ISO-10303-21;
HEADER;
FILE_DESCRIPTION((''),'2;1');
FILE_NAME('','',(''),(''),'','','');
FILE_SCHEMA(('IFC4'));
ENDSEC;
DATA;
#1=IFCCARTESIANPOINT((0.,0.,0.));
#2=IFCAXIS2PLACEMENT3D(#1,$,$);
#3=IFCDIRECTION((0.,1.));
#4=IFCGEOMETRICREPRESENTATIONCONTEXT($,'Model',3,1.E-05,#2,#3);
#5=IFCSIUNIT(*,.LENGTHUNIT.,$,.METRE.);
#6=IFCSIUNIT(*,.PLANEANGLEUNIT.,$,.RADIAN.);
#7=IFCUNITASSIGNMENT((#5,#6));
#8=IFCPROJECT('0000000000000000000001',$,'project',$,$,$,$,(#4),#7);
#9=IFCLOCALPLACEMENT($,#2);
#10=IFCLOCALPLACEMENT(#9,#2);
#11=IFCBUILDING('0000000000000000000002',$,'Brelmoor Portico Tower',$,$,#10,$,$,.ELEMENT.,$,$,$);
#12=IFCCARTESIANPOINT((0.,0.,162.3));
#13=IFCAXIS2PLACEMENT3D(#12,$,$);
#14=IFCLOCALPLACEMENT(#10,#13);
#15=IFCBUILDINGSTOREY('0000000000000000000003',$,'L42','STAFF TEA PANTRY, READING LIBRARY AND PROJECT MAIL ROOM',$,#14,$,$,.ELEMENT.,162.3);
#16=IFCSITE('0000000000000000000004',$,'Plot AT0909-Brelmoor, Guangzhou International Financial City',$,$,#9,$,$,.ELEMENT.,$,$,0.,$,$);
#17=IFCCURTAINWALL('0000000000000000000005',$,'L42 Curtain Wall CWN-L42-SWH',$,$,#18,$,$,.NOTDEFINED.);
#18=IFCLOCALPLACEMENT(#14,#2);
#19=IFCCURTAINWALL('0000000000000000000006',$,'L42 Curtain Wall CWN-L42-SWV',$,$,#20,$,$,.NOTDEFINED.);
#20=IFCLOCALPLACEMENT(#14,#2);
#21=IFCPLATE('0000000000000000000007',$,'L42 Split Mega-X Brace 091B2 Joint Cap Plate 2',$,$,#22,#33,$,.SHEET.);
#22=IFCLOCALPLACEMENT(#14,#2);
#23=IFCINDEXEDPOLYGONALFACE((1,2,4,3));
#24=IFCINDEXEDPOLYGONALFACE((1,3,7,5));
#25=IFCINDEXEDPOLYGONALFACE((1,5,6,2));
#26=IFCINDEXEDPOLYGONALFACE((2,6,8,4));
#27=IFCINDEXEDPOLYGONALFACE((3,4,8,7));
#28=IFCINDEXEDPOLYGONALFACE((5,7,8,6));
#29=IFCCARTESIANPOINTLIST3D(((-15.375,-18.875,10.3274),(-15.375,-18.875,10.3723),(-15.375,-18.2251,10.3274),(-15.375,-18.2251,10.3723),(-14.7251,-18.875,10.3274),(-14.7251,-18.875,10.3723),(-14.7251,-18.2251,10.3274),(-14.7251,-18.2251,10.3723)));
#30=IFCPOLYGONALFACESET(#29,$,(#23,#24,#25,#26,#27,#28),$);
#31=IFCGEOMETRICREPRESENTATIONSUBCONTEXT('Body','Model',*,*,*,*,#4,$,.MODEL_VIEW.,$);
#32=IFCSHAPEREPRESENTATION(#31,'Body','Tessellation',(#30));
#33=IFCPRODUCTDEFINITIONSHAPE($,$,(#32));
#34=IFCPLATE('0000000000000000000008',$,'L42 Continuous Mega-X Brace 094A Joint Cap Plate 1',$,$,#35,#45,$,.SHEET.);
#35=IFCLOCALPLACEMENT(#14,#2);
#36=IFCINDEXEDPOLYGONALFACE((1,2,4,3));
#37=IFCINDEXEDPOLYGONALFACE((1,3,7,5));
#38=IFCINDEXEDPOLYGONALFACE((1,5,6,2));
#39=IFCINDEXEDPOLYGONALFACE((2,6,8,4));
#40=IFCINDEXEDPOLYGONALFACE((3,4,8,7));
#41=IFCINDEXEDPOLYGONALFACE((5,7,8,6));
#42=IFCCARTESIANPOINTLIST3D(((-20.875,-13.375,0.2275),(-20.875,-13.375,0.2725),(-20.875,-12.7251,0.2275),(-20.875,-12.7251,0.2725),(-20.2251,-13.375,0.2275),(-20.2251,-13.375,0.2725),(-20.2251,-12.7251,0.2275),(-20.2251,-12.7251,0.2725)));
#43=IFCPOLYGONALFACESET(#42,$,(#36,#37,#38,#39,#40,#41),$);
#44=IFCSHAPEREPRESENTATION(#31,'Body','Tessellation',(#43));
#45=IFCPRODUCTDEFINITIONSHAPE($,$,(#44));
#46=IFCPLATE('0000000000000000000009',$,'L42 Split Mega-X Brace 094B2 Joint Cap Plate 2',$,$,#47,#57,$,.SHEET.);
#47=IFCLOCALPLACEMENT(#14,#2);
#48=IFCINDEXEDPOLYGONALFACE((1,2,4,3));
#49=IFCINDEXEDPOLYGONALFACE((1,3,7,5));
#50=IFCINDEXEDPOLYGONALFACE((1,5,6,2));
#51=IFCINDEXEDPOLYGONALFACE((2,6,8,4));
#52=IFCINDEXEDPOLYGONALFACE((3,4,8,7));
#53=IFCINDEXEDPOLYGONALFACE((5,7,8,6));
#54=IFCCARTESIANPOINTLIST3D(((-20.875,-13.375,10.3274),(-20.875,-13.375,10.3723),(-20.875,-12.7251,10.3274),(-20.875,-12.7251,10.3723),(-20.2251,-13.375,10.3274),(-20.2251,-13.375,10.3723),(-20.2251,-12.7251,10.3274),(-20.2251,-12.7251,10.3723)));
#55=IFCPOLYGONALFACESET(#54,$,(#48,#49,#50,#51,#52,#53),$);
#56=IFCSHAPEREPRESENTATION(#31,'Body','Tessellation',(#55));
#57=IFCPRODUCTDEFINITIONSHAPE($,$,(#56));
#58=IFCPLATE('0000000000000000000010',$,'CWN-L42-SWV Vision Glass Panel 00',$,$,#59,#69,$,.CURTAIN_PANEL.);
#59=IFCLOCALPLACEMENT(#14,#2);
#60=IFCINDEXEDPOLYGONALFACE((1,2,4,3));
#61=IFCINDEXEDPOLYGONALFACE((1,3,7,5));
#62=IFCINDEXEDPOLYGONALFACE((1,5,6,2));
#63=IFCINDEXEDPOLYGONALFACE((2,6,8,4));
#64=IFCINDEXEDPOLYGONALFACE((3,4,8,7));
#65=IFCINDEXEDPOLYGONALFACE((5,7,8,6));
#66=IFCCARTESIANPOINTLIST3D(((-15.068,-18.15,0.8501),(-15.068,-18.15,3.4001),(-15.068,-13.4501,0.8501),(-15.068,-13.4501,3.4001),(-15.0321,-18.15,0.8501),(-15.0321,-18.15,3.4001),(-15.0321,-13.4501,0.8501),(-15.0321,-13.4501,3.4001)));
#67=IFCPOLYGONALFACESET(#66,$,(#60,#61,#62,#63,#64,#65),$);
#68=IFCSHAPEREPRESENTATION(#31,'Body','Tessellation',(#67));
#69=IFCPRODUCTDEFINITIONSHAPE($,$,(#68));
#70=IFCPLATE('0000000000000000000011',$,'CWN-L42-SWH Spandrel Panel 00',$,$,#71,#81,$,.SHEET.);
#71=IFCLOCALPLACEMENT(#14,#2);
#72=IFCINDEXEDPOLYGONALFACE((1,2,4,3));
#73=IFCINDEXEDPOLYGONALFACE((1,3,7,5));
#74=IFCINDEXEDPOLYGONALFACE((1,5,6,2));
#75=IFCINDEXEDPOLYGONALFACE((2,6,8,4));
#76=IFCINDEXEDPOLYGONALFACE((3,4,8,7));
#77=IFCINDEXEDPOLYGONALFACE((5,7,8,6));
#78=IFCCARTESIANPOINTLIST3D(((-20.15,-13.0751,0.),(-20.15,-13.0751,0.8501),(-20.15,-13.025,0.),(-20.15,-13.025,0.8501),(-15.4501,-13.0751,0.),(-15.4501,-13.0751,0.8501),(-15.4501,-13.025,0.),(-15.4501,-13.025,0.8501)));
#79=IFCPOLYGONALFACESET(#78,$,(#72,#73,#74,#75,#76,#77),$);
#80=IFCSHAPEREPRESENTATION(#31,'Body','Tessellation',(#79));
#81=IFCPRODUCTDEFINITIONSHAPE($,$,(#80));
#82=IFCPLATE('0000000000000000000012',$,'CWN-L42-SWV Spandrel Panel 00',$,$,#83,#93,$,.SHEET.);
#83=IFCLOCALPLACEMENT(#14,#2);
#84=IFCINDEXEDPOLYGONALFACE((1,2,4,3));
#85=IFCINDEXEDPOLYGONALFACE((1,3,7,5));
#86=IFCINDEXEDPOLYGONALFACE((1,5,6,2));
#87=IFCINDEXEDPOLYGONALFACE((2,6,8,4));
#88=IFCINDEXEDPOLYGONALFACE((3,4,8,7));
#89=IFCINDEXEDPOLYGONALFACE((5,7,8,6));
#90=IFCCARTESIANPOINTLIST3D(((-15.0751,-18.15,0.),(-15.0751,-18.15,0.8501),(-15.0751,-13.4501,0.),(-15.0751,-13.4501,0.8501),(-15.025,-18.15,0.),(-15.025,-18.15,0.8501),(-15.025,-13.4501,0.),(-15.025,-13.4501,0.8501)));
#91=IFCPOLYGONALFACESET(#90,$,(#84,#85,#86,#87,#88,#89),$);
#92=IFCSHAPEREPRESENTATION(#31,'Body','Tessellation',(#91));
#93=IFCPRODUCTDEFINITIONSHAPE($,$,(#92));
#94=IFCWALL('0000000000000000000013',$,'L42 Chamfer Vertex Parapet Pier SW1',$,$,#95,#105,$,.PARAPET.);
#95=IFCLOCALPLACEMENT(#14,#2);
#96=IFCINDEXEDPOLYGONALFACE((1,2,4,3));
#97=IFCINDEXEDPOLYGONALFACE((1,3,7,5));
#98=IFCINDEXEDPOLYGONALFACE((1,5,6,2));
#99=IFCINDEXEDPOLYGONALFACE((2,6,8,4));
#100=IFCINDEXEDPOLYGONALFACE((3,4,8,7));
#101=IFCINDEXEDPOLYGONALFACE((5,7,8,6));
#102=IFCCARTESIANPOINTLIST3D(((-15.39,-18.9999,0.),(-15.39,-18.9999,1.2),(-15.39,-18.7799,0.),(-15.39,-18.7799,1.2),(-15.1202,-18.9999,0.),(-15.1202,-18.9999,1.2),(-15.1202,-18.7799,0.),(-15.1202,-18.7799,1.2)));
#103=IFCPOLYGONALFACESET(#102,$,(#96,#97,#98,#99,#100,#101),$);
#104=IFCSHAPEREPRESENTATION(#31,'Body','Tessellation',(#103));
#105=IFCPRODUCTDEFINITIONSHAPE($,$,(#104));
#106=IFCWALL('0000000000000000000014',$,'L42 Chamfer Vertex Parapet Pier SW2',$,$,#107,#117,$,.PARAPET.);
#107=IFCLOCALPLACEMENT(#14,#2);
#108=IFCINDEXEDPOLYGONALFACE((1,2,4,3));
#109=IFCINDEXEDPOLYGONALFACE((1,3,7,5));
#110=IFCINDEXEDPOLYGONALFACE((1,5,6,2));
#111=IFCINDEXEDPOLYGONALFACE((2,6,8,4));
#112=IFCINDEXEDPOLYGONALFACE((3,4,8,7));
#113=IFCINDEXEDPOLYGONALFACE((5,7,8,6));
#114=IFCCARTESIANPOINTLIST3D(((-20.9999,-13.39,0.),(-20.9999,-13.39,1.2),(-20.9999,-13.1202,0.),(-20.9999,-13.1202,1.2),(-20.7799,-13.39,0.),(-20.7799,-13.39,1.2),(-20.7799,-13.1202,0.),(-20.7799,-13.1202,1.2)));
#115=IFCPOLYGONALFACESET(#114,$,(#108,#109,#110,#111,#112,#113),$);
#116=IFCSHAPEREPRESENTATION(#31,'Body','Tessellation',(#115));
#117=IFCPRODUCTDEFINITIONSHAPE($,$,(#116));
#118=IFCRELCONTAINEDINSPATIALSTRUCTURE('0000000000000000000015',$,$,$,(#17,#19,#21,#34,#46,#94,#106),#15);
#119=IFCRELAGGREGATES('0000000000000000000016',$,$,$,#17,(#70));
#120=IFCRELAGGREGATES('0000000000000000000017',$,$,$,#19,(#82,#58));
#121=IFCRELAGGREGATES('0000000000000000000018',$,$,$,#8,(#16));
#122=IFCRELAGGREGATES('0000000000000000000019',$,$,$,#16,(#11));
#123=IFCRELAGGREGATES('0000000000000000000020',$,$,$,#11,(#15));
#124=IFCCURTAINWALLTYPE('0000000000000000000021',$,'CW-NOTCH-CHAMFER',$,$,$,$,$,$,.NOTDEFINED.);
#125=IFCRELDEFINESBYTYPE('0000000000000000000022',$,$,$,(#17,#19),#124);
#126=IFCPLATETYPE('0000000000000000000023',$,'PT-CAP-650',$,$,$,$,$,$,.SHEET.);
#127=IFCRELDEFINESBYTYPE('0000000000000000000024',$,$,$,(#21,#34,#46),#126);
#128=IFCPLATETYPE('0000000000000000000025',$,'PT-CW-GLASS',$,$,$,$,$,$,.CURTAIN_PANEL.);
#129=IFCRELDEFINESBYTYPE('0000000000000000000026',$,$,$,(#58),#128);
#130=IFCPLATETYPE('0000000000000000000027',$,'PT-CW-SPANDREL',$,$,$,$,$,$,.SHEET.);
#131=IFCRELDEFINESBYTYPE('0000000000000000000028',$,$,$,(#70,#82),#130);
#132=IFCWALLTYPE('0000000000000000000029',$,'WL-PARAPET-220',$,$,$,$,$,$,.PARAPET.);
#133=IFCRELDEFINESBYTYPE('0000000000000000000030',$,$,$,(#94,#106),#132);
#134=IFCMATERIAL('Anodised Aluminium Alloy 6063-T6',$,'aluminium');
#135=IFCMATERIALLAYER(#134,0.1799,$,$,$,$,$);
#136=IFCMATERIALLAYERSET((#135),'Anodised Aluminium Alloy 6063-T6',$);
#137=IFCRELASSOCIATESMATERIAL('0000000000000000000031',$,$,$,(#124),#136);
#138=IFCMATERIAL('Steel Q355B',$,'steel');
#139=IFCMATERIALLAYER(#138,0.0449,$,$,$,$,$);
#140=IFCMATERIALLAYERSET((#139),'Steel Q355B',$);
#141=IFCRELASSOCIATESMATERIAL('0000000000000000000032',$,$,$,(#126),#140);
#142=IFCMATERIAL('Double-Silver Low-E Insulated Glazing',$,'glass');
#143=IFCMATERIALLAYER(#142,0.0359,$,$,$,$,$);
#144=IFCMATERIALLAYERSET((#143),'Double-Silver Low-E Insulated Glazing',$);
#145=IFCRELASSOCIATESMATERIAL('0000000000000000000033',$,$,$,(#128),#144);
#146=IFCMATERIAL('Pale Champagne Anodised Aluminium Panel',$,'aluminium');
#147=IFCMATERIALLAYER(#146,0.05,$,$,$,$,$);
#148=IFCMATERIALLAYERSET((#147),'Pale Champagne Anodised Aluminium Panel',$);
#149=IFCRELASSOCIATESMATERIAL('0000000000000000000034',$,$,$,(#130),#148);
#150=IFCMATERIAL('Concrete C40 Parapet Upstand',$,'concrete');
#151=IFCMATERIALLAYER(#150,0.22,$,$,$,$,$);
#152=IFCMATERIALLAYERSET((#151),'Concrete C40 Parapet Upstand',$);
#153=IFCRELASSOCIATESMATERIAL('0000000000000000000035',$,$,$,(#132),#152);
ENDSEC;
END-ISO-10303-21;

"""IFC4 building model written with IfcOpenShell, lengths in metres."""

from ifc_helpers import new_model, si_unit, direction, frame, frame_2d, origin, origin_2d, place, context, subcontext, project, spatial, rectangle, extrude, material, layer, layer_set, type_object, element, aggregate, save


model = new_model("IFC4")

# Units and contexts
model_context = context("Model", 3, precision=1e-05, world=origin(), true_north=direction((0.0, 1.0)))
body_context = subcontext(model_context, "Body", "Model", "MODEL_VIEW")
ifc_project = project(units=[si_unit("LENGTHUNIT", "METRE"), si_unit("PLANEANGLEUNIT", "RADIAN")], contexts=[model_context])

# Site, building, storey
site_placement = place(None, origin())
site = spatial("IfcSite", under=ifc_project, at=site_placement, Name="Plot AT0909-Brelmoor, Guangzhou International Financial City", CompositionType="ELEMENT", RefElevation=0.0)
building_placement = place(site_placement, origin())
building = spatial("IfcBuilding", under=site, at=building_placement, Name="Brelmoor Portico Tower", CompositionType="ELEMENT")
storey_placement = place(building_placement, frame((0.0, 0.0, 162.3)))
storey = spatial("IfcBuildingStorey", under=building, at=storey_placement, Name="L42", Description="STAFF TEA PANTRY, READING LIBRARY AND PROJECT MAIL ROOM", CompositionType="ELEMENT", Elevation=162.3)

# Shared definitions
ifc_material_1 = material(Name="Steel Q355B", Category="steel")

# Curtain wall
ifc_material_2 = material(Name="Anodised Aluminium Alloy 6063-T6", Category="aluminium")
ifc_layer_1 = layer(ifc_material_2, 0.1799)
ifc_layer_set_1 = layer_set([ifc_layer_1], Name="Anodised Aluminium Alloy 6063-T6")
curtain_wall_type_1 = type_object("IfcCurtainWallType", Name="CW-NOTCH-CHAMFER", PredefinedType="NOTDEFINED", material=ifc_layer_set_1)
curtain_wall_1_placement = place(storey_placement, origin())
curtain_wall_1 = element("IfcCurtainWall", 1, at=curtain_wall_1_placement, inside=storey, type_object=curtain_wall_type_1, Name="L42 Curtain Wall CWN-L42-SWH", PredefinedType="NOTDEFINED")

# Curtain wall
curtain_wall_2_placement = place(storey_placement, origin())
curtain_wall_2 = element("IfcCurtainWall", 2, at=curtain_wall_2_placement, inside=storey, type_object=curtain_wall_type_1, Name="L42 Curtain Wall CWN-L42-SWV", PredefinedType="NOTDEFINED")

# Plates
ifc_layer_2 = layer(ifc_material_1, 0.0449)
ifc_layer_set_2 = layer_set([ifc_layer_2], Name="Steel Q355B")
plate_type_1 = type_object("IfcPlateType", Name="PT-CAP-650", PredefinedType="SHEET", material=ifc_layer_set_2)
for number, where, z_axis, x_axis, name in (
    (3, (-15.05, -18.55, 10.3274), (0.0, 0.0, 1.0), (1.0, 0.0, 0.0), "L42 Split Mega-X Brace 091B2 Joint Cap Plate 2"),
    (4, (-20.55, -13.05, 0.2275), (0.0, 0.0, 1.0), (1.0, 0.0, 0.0), "L42 Continuous Mega-X Brace 094A Joint Cap Plate 1"),
    (5, (-20.55, -13.05, 10.3274), (0.0, 0.0, 1.0), (1.0, 0.0, 0.0), "L42 Split Mega-X Brace 094B2 Joint Cap Plate 2"),
):
    element("IfcPlate", number, at=place(storey_placement, frame(where, z_axis=z_axis, x_axis=x_axis)), inside=storey, type_object=plate_type_1, Name=name, PredefinedType="SHEET", context=body_context, shape_type="SweptSolid", body=[
        extrude(rectangle(XDim=0.6499, YDim=0.6499, at=origin_2d()), origin(), (0.0, 0.0, 1.0), 0.0449),
    ])

# Plates
ifc_material_3 = material(Name="Double-Silver Low-E Insulated Glazing", Category="glass")
ifc_layer_3 = layer(ifc_material_3, 0.0359)
ifc_layer_set_3 = layer_set([ifc_layer_3], Name="Double-Silver Low-E Insulated Glazing")
plate_type_2 = type_object("IfcPlateType", Name="PT-CW-GLASS", PredefinedType="CURTAIN_PANEL", material=ifc_layer_set_3)
plate_1_placement = place(storey_placement, frame((-15.05, -15.8, 0.8501), z_axis=(0.0, 0.0, 1.0), x_axis=(0.0, 1.0, 0.0)))
plate_1 = element("IfcPlate", 6, at=plate_1_placement, type_object=plate_type_2, Name="CWN-L42-SWV Vision Glass Panel 00", PredefinedType="CURTAIN_PANEL", context=body_context, shape_type="SweptSolid", body=[
    extrude(rectangle(XDim=4.7, YDim=0.0359, at=origin_2d()), origin(), (0.0, 0.0, 1.0), 2.55),
])
ifc_material_4 = material(Name="Pale Champagne Anodised Aluminium Panel", Category="aluminium")
ifc_layer_4 = layer(ifc_material_4, 0.05)
ifc_layer_set_4 = layer_set([ifc_layer_4], Name="Pale Champagne Anodised Aluminium Panel")
plate_type_3 = type_object("IfcPlateType", Name="PT-CW-SPANDREL", PredefinedType="SHEET", material=ifc_layer_set_4)
plate_2_placement = place(storey_placement, frame((-17.8, -13.05, 0.0), z_axis=(0.0, 0.0, 1.0), x_axis=(1.0, 0.0, 0.0)))
plate_2 = element("IfcPlate", 7, at=plate_2_placement, type_object=plate_type_3, Name="CWN-L42-SWH Spandrel Panel 00", PredefinedType="SHEET", context=body_context, shape_type="SweptSolid", body=[
    extrude(rectangle(XDim=4.7, YDim=0.05, at=origin_2d()), origin(), (0.0, 0.0, 1.0), 0.8501),
])
aggregate(curtain_wall_1, [plate_2])
plate_3_placement = place(storey_placement, frame((-15.05, -15.8, 0.0), z_axis=(0.0, 0.0, 1.0), x_axis=(0.0, 1.0, 0.0)))
plate_3 = element("IfcPlate", 8, at=plate_3_placement, type_object=plate_type_3, Name="CWN-L42-SWV Spandrel Panel 00", PredefinedType="SHEET", context=body_context, shape_type="SweptSolid", body=[
    extrude(rectangle(XDim=4.7, YDim=0.05, at=origin_2d()), origin(), (0.0, 0.0, 1.0), 0.8501),
])
aggregate(curtain_wall_2, [plate_3, plate_1])

# Walls
ifc_material_5 = material(Name="Concrete C40 Parapet Upstand", Category="concrete")
ifc_layer_5 = layer(ifc_material_5, 0.22)
ifc_layer_set_5 = layer_set([ifc_layer_5], Name="Concrete C40 Parapet Upstand")
wall_type = type_object("IfcWallType", Name="WL-PARAPET-220", PredefinedType="PARAPET", material=ifc_layer_set_5)
for number, where, z_axis, x_axis, name in (
    (9, (-15.3899, -18.8899, 0.0), (0.0, 0.0, 1.0), (1.0, 0.0, 0.0), "L42 Chamfer Vertex Parapet Pier SW1"),
    (10, (-20.8899, -13.3899, 0.0), (0.0, 0.0, 1.0), (0.0, 1.0, 0.0), "L42 Chamfer Vertex Parapet Pier SW2"),
):
    element("IfcWall", number, at=place(storey_placement, frame(where, z_axis=z_axis, x_axis=x_axis)), inside=storey, type_object=wall_type, Name=name, PredefinedType="PARAPET", context=body_context, shape_type="SweptSolid", body=[
        extrude(rectangle(XDim=0.2698, YDim=0.22, at=frame_2d((0.1348, 0.0))), origin(), (0.0, 0.0, 1.0), 1.2),
    ])

save(model, "model.ifc")
